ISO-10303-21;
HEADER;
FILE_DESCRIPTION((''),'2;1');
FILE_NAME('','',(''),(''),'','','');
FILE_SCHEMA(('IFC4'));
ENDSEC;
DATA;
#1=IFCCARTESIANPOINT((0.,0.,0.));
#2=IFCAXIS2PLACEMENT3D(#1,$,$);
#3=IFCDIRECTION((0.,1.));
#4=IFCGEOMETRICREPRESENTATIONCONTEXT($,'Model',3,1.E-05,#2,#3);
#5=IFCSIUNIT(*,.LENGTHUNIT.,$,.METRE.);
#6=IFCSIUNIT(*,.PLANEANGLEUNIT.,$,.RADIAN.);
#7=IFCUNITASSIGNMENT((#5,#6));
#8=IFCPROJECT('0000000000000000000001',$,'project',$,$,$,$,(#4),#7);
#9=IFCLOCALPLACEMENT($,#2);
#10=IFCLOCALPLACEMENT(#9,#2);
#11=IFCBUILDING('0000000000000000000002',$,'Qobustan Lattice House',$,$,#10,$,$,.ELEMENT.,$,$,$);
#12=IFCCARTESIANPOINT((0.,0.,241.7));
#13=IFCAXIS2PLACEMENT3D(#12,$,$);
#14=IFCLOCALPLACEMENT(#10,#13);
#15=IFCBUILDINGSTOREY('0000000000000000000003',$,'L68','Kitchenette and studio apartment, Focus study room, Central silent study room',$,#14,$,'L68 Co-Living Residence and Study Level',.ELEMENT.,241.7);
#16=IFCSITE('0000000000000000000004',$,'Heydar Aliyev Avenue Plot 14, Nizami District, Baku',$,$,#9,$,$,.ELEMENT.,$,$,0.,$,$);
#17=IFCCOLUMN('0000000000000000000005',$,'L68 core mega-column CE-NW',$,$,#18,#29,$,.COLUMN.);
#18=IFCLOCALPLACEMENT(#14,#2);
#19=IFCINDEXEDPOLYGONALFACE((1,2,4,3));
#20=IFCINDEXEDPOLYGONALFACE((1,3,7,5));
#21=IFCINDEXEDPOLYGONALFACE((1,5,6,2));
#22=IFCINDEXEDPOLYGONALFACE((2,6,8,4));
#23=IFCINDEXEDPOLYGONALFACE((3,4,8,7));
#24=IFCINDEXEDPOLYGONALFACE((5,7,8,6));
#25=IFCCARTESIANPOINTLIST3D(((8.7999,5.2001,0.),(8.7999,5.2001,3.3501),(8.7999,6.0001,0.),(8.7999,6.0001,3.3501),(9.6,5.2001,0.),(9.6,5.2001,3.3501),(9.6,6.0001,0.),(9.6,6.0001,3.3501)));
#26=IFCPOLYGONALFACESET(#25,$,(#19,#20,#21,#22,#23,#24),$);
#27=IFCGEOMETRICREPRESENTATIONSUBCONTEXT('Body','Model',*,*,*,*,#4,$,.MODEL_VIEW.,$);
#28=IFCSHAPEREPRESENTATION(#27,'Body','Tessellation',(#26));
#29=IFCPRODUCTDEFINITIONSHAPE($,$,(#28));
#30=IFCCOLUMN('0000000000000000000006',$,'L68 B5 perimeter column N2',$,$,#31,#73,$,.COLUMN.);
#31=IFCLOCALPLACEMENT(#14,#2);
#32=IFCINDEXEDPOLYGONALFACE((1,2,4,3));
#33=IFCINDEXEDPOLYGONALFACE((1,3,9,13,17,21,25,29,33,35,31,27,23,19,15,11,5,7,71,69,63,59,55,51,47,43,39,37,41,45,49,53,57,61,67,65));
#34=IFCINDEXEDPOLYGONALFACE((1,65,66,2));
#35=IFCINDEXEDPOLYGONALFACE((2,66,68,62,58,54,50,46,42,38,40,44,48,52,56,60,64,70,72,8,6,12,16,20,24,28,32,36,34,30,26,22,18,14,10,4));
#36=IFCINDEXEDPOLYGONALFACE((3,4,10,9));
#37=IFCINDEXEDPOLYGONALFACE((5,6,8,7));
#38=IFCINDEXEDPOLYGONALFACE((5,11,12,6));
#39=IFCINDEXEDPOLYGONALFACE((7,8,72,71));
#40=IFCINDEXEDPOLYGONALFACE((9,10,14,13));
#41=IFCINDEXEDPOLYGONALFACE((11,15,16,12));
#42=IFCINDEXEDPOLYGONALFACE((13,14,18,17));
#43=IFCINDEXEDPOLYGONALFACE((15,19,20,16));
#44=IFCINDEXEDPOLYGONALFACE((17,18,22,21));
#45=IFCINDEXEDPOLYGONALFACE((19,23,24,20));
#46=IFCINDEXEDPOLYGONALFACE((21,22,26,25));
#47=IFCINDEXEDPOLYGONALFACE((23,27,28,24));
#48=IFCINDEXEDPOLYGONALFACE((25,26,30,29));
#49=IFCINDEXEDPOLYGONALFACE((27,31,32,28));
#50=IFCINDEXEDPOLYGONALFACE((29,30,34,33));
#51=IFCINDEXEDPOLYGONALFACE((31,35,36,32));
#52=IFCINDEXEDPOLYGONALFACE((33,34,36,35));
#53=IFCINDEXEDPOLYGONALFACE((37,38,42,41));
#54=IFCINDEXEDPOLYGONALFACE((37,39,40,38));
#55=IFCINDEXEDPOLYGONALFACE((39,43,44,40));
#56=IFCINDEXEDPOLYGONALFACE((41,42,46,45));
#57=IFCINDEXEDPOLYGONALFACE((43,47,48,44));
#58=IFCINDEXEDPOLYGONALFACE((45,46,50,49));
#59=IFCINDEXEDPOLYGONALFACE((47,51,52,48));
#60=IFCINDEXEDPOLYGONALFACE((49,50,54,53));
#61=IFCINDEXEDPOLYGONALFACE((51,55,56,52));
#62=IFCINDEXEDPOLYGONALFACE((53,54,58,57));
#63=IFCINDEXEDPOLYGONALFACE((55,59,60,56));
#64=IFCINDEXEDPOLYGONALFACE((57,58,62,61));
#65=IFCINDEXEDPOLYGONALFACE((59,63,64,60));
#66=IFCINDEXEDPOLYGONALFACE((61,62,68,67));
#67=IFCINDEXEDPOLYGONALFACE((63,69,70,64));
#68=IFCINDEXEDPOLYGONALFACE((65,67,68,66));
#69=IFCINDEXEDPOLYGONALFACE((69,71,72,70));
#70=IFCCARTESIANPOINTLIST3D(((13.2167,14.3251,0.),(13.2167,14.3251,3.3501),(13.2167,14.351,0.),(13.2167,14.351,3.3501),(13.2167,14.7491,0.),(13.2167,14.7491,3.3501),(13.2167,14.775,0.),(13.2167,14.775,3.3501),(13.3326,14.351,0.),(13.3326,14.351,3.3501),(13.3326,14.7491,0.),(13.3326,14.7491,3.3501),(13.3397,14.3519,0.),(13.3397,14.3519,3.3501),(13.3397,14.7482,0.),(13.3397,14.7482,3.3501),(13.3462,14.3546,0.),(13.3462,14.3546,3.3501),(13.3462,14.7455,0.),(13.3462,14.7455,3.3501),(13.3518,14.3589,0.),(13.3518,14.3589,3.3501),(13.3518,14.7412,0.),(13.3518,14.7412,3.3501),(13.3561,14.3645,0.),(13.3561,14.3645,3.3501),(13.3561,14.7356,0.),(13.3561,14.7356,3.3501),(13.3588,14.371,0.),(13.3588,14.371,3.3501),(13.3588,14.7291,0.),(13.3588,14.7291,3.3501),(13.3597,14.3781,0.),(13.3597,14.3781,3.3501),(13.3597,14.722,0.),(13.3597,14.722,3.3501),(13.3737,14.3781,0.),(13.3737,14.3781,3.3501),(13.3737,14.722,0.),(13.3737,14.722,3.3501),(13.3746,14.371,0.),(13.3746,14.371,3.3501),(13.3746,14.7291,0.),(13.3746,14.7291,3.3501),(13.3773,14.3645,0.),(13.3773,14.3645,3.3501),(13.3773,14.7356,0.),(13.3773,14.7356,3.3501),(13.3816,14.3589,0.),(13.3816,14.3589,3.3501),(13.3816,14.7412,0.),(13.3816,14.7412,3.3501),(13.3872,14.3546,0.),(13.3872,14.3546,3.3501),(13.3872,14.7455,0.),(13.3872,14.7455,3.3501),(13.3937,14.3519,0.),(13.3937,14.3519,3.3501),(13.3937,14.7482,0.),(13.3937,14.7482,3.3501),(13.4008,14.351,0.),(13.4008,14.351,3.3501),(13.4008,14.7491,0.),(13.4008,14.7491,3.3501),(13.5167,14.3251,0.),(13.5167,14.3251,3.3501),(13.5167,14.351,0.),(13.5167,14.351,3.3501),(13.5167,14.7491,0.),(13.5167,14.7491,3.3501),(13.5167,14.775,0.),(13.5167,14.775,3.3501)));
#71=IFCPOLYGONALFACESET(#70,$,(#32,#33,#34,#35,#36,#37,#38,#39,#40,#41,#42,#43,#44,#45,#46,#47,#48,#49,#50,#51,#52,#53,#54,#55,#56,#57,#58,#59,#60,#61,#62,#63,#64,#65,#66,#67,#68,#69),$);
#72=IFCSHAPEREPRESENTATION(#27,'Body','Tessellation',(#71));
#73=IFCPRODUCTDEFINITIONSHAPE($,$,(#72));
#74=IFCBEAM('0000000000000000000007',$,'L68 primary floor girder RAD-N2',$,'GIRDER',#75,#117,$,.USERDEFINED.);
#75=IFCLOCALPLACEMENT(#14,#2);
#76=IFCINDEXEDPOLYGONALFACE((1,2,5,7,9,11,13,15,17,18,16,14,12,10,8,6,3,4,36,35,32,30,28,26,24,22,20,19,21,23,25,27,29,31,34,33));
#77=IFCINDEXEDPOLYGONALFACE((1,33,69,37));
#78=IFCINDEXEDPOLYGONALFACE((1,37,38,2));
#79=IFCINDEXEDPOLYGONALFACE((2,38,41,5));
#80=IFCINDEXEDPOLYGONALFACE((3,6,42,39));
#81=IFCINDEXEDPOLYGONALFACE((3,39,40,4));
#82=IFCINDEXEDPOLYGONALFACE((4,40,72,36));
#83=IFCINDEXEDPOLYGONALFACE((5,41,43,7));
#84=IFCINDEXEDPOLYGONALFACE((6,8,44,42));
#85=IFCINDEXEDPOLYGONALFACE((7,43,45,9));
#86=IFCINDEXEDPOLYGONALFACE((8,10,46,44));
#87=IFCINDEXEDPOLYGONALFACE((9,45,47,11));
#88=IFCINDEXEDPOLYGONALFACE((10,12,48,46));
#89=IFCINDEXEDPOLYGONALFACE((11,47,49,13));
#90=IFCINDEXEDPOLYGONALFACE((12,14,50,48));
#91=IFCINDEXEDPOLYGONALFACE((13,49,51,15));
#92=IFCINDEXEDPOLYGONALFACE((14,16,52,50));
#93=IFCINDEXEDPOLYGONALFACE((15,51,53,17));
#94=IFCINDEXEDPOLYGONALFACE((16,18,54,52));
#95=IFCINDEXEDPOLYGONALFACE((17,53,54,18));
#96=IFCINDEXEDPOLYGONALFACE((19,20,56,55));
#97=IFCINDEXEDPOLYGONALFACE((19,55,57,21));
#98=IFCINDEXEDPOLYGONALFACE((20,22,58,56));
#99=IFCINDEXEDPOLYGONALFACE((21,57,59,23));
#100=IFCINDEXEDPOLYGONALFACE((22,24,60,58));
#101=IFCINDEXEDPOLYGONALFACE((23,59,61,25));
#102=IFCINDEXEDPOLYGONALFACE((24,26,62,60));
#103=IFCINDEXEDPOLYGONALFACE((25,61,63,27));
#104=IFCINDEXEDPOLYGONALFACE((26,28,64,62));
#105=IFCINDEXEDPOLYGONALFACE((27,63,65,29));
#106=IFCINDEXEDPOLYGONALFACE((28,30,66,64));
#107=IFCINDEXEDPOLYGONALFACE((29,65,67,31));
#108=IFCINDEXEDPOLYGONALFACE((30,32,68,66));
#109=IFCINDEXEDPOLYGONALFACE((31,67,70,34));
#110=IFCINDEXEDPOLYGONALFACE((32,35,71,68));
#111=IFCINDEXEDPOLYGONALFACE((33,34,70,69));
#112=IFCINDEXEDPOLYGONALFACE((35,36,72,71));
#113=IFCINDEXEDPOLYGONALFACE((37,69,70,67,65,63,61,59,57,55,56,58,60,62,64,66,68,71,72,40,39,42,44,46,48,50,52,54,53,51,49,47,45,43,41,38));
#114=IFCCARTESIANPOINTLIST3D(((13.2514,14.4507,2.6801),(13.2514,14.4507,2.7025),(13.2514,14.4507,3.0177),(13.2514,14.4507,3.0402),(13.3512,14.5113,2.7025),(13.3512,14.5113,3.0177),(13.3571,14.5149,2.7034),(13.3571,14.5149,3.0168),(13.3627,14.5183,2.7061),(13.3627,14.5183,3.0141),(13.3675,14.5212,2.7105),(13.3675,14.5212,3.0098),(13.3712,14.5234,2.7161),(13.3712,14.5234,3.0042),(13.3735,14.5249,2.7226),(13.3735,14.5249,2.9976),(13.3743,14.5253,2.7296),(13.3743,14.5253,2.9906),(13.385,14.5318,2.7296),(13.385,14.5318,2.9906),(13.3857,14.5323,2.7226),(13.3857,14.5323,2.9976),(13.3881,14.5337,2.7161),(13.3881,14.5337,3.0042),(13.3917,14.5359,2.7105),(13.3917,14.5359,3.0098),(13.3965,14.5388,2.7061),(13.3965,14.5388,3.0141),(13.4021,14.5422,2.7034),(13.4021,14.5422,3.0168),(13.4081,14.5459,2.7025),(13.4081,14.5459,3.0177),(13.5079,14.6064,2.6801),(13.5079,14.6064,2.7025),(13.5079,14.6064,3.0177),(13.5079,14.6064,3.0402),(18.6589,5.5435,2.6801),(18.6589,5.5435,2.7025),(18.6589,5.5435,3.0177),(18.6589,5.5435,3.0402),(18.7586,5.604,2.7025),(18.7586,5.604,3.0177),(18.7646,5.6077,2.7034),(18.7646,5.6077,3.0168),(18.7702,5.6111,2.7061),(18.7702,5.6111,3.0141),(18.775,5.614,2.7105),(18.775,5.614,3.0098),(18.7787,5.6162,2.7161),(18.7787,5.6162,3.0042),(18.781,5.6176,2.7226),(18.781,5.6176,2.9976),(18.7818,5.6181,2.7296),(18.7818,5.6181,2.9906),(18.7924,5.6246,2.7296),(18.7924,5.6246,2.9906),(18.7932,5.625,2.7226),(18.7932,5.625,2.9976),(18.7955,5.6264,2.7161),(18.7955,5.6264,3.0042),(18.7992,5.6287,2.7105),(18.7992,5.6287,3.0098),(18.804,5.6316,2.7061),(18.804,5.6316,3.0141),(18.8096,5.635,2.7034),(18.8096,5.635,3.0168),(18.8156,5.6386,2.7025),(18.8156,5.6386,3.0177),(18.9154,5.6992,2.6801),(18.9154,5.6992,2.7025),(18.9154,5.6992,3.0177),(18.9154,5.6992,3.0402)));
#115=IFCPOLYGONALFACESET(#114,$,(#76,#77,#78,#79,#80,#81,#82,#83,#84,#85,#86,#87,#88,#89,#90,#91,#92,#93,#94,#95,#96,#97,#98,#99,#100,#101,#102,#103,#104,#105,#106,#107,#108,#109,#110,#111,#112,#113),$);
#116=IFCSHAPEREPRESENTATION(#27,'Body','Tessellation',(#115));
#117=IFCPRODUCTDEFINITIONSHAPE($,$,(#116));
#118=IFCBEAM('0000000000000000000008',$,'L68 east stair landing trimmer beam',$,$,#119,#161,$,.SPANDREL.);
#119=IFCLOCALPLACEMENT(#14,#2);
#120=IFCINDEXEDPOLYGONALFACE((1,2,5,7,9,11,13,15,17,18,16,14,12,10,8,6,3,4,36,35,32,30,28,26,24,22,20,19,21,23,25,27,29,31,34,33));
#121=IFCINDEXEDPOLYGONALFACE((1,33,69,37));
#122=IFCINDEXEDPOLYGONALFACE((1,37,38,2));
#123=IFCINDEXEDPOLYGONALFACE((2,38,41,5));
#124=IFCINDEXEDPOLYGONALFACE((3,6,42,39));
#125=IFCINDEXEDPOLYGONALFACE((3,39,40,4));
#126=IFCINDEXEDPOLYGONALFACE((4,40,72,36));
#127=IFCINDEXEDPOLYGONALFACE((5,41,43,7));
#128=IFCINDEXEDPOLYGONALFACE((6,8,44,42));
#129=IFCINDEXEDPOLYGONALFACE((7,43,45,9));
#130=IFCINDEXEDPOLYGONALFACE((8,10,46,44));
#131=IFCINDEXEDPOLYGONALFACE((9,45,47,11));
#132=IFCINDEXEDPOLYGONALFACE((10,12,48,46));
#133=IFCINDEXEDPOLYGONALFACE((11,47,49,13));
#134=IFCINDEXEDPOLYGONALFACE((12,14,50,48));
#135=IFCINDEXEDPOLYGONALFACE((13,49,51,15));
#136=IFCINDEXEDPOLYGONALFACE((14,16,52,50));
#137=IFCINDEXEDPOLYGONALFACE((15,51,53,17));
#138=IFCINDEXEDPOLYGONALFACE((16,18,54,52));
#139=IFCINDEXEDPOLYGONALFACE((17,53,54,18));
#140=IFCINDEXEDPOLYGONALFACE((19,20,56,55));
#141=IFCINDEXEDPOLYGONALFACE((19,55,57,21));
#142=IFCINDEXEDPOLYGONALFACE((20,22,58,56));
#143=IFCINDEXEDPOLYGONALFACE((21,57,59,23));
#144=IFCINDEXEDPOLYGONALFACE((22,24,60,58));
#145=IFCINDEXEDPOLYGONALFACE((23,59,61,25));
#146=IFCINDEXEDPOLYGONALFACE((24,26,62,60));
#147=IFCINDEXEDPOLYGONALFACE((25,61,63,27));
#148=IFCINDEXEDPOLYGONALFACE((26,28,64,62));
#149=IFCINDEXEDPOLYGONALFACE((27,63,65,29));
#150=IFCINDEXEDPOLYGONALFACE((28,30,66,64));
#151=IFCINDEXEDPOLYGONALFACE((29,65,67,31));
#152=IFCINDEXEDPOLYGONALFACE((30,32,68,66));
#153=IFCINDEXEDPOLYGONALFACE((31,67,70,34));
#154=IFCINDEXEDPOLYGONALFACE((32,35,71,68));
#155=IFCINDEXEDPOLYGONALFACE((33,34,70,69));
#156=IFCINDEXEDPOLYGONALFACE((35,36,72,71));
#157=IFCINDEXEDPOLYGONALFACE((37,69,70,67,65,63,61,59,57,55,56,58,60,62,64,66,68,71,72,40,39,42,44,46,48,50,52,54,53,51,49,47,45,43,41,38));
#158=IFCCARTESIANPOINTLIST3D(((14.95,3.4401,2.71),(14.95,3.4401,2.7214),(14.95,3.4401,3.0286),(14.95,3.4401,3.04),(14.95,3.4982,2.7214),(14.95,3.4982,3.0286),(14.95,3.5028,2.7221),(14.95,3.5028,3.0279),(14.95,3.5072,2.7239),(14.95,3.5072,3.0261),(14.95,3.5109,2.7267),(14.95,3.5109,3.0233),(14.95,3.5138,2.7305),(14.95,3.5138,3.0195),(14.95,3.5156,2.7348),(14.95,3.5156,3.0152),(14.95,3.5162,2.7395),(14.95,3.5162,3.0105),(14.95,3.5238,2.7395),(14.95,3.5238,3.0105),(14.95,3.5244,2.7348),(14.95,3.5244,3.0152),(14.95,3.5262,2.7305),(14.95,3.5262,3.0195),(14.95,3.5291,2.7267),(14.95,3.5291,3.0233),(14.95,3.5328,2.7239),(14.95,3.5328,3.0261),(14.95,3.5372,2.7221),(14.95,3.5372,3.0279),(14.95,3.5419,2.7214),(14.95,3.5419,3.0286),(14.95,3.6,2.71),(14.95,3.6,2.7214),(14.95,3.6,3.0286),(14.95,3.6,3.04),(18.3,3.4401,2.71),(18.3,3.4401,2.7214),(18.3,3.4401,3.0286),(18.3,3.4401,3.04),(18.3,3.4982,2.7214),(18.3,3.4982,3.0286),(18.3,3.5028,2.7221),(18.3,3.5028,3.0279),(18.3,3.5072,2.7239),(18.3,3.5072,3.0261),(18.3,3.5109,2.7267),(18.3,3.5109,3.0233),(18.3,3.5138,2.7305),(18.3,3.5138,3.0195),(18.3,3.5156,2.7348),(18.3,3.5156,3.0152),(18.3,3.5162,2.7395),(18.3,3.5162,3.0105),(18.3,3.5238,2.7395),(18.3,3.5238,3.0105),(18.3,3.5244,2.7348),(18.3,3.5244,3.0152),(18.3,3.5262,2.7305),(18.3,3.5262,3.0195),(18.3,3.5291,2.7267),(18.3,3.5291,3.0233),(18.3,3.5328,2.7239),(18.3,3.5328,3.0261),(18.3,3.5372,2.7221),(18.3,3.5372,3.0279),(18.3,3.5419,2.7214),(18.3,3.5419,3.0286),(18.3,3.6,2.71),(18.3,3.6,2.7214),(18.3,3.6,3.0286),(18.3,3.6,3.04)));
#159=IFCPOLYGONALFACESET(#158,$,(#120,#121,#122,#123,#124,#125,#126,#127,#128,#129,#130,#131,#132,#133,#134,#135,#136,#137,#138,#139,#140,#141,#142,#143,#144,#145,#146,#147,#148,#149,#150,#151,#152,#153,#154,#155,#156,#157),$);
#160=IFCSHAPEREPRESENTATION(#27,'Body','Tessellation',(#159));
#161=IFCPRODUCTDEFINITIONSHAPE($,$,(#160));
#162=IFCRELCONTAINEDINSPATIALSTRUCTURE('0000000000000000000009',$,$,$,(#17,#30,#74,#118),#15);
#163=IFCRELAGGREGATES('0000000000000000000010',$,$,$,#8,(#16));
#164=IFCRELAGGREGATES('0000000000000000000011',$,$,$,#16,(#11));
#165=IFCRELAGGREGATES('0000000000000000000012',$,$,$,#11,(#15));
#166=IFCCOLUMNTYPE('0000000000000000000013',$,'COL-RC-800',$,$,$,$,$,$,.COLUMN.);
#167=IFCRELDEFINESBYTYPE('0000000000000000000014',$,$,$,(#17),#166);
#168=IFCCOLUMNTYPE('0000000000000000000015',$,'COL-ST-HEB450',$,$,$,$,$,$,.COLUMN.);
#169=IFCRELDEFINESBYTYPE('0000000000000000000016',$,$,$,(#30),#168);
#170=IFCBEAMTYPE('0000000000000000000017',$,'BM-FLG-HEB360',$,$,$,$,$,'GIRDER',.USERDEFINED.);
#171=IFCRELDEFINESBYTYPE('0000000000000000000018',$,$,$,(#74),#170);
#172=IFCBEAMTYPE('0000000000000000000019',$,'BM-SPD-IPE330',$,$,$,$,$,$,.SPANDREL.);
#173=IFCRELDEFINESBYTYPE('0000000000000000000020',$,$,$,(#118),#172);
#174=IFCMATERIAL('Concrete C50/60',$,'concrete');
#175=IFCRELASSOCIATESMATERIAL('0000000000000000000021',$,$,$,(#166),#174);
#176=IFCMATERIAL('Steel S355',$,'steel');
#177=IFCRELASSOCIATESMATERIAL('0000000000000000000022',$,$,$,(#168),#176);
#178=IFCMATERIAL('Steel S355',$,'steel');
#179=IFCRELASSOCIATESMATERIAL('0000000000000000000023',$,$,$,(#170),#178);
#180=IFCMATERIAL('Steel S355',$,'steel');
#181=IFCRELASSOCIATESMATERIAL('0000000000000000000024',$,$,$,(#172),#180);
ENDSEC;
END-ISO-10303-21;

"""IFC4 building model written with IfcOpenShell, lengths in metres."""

from ifc_helpers import new_model, si_unit, direction, frame, origin, origin_2d, place, context, subcontext, project, spatial, rectangle, i_section, extrude, material, material_profile, profile_set, type_object, element, save


model = new_model("IFC4")

# Units and contexts
model_context = context("Model", 3, precision=1e-05, world=origin(), true_north=direction((0.0, 1.0)))
body_context = subcontext(model_context, "Body", "Model", "MODEL_VIEW")
ifc_project = project(units=[si_unit("LENGTHUNIT", "METRE"), si_unit("PLANEANGLEUNIT", "RADIAN")], contexts=[model_context])

# Site, building, storey
site_placement = place(None, origin())
site = spatial("IfcSite", under=ifc_project, at=site_placement, Name="Heydar Aliyev Avenue Plot 14, Nizami District, Baku", CompositionType="ELEMENT", RefElevation=0.0)
building_placement = place(site_placement, origin())
building = spatial("IfcBuilding", under=site, at=building_placement, Name="Qobustan Lattice House", CompositionType="ELEMENT")
storey_placement = place(building_placement, frame((0.0, 0.0, 241.7)))
storey = spatial("IfcBuildingStorey", under=building, at=storey_placement, Name="L68", Description="Kitchenette and studio apartment, Focus study room, Central silent study room", LongName="L68 Co-Living Residence and Study Level", CompositionType="ELEMENT", Elevation=241.7)

# Columns
ifc_material_1 = material(Name="Concrete C50/60", Category="concrete")
ifc_material_profile_1 = material_profile(ifc_material_1, rectangle(XDim=0.8, YDim=0.8, at=origin_2d()), Name="RC800x800")
ifc_profile_set_1 = profile_set([ifc_material_profile_1], Name="Concrete C50/60")
column_type_1 = type_object("IfcColumnType", Name="COL-RC-800", PredefinedType="COLUMN", material=ifc_profile_set_1)
column_1_placement = place(storey_placement, frame((9.2, 5.6001, 0.0), z_axis=(0.0, 0.0, 1.0), x_axis=(1.0, 0.0, 0.0)))
element("IfcColumn", 1, at=column_1_placement, inside=storey, type_object=column_type_1, Name="L68 core mega-column CE-NW", PredefinedType="COLUMN", context=body_context, shape_type="SweptSolid", body=[
    extrude(rectangle(XDim=0.8, YDim=0.8, at=origin_2d()), origin(), (0.0, 0.0, 1.0), 3.3501),
])
ifc_material_2 = material(Name="Steel S355", Category="steel")
ifc_material_profile_2 = material_profile(ifc_material_2, i_section(OverallWidth=0.3, OverallDepth=0.45, WebThickness=0.0139, FlangeThickness=0.0259, FilletRadius=0.0271, at=origin_2d()), Name="HEB450")
ifc_profile_set_2 = profile_set([ifc_material_profile_2], Name="Steel S355")
column_type_2 = type_object("IfcColumnType", Name="COL-ST-HEB450", PredefinedType="COLUMN", material=ifc_profile_set_2)
column_2_placement = place(storey_placement, frame((13.3667, 14.55, 0.0), z_axis=(0.0, 0.0, 1.0), x_axis=(1.0, 0.0, 0.0)))
element("IfcColumn", 2, at=column_2_placement, inside=storey, type_object=column_type_2, Name="L68 B5 perimeter column N2", PredefinedType="COLUMN", context=body_context, shape_type="SweptSolid", body=[
    extrude(i_section(OverallWidth=0.3, OverallDepth=0.45, WebThickness=0.0139, FlangeThickness=0.0259, FilletRadius=0.0271, at=origin_2d()), origin(), (0.0, 0.0, 1.0), 3.3501),
])

# Beams
ifc_material_3 = material(Name="Steel S355", Category="steel")
ifc_material_profile_3 = material_profile(ifc_material_3, i_section(OverallWidth=0.3, OverallDepth=0.3601, WebThickness=0.0125, FlangeThickness=0.0225, FilletRadius=0.0271, at=origin_2d()), Name="HEB360")
ifc_profile_set_3 = profile_set([ifc_material_profile_3], Name="Steel S355")
beam_type_1 = type_object("IfcBeamType", Name="BM-FLG-HEB360", ElementType="GIRDER", PredefinedType="USERDEFINED", material=ifc_profile_set_3)
beam_1_placement = place(storey_placement, frame((13.3796, 14.5286, 2.8601), z_axis=(0.518944, -0.854808, 0.0), x_axis=(0.854808, 0.518944, 0.0)))
element("IfcBeam", 3, at=beam_1_placement, inside=storey, type_object=beam_type_1, Name="L68 primary floor girder RAD-N2", ObjectType="GIRDER", PredefinedType="USERDEFINED", context=body_context, shape_type="SweptSolid", body=[
    extrude(i_section(OverallWidth=0.3, OverallDepth=0.3601, WebThickness=0.0125, FlangeThickness=0.0225, FilletRadius=0.0271, at=origin_2d()), origin(), (0.0, 0.0, 1.0), 10.4202),
])
ifc_material_4 = material(Name="Steel S355", Category="steel")
ifc_material_profile_4 = material_profile(ifc_material_4, i_section(OverallWidth=0.1599, OverallDepth=0.3301, WebThickness=0.0076, FlangeThickness=0.0115, FilletRadius=0.0181, at=origin_2d()), Name="IPE330")
ifc_profile_set_4 = profile_set([ifc_material_profile_4], Name="Steel S355")
beam_type_2 = type_object("IfcBeamType", Name="BM-SPD-IPE330", PredefinedType="SPANDREL", material=ifc_profile_set_4)
beam_2_placement = place(storey_placement, frame((14.95, 3.52, 2.875), z_axis=(1.0, 0.0, 0.0), x_axis=(0.0, 1.0, 0.0)))
element("IfcBeam", 4, at=beam_2_placement, inside=storey, type_object=beam_type_2, Name="L68 east stair landing trimmer beam", PredefinedType="SPANDREL", context=body_context, shape_type="SweptSolid", body=[
    extrude(i_section(OverallWidth=0.1599, OverallDepth=0.3301, WebThickness=0.0076, FlangeThickness=0.0115, FilletRadius=0.0181, at=origin_2d()), origin(), (0.0, 0.0, 1.0), 3.3501),
])

save(model, "model.ifc")
